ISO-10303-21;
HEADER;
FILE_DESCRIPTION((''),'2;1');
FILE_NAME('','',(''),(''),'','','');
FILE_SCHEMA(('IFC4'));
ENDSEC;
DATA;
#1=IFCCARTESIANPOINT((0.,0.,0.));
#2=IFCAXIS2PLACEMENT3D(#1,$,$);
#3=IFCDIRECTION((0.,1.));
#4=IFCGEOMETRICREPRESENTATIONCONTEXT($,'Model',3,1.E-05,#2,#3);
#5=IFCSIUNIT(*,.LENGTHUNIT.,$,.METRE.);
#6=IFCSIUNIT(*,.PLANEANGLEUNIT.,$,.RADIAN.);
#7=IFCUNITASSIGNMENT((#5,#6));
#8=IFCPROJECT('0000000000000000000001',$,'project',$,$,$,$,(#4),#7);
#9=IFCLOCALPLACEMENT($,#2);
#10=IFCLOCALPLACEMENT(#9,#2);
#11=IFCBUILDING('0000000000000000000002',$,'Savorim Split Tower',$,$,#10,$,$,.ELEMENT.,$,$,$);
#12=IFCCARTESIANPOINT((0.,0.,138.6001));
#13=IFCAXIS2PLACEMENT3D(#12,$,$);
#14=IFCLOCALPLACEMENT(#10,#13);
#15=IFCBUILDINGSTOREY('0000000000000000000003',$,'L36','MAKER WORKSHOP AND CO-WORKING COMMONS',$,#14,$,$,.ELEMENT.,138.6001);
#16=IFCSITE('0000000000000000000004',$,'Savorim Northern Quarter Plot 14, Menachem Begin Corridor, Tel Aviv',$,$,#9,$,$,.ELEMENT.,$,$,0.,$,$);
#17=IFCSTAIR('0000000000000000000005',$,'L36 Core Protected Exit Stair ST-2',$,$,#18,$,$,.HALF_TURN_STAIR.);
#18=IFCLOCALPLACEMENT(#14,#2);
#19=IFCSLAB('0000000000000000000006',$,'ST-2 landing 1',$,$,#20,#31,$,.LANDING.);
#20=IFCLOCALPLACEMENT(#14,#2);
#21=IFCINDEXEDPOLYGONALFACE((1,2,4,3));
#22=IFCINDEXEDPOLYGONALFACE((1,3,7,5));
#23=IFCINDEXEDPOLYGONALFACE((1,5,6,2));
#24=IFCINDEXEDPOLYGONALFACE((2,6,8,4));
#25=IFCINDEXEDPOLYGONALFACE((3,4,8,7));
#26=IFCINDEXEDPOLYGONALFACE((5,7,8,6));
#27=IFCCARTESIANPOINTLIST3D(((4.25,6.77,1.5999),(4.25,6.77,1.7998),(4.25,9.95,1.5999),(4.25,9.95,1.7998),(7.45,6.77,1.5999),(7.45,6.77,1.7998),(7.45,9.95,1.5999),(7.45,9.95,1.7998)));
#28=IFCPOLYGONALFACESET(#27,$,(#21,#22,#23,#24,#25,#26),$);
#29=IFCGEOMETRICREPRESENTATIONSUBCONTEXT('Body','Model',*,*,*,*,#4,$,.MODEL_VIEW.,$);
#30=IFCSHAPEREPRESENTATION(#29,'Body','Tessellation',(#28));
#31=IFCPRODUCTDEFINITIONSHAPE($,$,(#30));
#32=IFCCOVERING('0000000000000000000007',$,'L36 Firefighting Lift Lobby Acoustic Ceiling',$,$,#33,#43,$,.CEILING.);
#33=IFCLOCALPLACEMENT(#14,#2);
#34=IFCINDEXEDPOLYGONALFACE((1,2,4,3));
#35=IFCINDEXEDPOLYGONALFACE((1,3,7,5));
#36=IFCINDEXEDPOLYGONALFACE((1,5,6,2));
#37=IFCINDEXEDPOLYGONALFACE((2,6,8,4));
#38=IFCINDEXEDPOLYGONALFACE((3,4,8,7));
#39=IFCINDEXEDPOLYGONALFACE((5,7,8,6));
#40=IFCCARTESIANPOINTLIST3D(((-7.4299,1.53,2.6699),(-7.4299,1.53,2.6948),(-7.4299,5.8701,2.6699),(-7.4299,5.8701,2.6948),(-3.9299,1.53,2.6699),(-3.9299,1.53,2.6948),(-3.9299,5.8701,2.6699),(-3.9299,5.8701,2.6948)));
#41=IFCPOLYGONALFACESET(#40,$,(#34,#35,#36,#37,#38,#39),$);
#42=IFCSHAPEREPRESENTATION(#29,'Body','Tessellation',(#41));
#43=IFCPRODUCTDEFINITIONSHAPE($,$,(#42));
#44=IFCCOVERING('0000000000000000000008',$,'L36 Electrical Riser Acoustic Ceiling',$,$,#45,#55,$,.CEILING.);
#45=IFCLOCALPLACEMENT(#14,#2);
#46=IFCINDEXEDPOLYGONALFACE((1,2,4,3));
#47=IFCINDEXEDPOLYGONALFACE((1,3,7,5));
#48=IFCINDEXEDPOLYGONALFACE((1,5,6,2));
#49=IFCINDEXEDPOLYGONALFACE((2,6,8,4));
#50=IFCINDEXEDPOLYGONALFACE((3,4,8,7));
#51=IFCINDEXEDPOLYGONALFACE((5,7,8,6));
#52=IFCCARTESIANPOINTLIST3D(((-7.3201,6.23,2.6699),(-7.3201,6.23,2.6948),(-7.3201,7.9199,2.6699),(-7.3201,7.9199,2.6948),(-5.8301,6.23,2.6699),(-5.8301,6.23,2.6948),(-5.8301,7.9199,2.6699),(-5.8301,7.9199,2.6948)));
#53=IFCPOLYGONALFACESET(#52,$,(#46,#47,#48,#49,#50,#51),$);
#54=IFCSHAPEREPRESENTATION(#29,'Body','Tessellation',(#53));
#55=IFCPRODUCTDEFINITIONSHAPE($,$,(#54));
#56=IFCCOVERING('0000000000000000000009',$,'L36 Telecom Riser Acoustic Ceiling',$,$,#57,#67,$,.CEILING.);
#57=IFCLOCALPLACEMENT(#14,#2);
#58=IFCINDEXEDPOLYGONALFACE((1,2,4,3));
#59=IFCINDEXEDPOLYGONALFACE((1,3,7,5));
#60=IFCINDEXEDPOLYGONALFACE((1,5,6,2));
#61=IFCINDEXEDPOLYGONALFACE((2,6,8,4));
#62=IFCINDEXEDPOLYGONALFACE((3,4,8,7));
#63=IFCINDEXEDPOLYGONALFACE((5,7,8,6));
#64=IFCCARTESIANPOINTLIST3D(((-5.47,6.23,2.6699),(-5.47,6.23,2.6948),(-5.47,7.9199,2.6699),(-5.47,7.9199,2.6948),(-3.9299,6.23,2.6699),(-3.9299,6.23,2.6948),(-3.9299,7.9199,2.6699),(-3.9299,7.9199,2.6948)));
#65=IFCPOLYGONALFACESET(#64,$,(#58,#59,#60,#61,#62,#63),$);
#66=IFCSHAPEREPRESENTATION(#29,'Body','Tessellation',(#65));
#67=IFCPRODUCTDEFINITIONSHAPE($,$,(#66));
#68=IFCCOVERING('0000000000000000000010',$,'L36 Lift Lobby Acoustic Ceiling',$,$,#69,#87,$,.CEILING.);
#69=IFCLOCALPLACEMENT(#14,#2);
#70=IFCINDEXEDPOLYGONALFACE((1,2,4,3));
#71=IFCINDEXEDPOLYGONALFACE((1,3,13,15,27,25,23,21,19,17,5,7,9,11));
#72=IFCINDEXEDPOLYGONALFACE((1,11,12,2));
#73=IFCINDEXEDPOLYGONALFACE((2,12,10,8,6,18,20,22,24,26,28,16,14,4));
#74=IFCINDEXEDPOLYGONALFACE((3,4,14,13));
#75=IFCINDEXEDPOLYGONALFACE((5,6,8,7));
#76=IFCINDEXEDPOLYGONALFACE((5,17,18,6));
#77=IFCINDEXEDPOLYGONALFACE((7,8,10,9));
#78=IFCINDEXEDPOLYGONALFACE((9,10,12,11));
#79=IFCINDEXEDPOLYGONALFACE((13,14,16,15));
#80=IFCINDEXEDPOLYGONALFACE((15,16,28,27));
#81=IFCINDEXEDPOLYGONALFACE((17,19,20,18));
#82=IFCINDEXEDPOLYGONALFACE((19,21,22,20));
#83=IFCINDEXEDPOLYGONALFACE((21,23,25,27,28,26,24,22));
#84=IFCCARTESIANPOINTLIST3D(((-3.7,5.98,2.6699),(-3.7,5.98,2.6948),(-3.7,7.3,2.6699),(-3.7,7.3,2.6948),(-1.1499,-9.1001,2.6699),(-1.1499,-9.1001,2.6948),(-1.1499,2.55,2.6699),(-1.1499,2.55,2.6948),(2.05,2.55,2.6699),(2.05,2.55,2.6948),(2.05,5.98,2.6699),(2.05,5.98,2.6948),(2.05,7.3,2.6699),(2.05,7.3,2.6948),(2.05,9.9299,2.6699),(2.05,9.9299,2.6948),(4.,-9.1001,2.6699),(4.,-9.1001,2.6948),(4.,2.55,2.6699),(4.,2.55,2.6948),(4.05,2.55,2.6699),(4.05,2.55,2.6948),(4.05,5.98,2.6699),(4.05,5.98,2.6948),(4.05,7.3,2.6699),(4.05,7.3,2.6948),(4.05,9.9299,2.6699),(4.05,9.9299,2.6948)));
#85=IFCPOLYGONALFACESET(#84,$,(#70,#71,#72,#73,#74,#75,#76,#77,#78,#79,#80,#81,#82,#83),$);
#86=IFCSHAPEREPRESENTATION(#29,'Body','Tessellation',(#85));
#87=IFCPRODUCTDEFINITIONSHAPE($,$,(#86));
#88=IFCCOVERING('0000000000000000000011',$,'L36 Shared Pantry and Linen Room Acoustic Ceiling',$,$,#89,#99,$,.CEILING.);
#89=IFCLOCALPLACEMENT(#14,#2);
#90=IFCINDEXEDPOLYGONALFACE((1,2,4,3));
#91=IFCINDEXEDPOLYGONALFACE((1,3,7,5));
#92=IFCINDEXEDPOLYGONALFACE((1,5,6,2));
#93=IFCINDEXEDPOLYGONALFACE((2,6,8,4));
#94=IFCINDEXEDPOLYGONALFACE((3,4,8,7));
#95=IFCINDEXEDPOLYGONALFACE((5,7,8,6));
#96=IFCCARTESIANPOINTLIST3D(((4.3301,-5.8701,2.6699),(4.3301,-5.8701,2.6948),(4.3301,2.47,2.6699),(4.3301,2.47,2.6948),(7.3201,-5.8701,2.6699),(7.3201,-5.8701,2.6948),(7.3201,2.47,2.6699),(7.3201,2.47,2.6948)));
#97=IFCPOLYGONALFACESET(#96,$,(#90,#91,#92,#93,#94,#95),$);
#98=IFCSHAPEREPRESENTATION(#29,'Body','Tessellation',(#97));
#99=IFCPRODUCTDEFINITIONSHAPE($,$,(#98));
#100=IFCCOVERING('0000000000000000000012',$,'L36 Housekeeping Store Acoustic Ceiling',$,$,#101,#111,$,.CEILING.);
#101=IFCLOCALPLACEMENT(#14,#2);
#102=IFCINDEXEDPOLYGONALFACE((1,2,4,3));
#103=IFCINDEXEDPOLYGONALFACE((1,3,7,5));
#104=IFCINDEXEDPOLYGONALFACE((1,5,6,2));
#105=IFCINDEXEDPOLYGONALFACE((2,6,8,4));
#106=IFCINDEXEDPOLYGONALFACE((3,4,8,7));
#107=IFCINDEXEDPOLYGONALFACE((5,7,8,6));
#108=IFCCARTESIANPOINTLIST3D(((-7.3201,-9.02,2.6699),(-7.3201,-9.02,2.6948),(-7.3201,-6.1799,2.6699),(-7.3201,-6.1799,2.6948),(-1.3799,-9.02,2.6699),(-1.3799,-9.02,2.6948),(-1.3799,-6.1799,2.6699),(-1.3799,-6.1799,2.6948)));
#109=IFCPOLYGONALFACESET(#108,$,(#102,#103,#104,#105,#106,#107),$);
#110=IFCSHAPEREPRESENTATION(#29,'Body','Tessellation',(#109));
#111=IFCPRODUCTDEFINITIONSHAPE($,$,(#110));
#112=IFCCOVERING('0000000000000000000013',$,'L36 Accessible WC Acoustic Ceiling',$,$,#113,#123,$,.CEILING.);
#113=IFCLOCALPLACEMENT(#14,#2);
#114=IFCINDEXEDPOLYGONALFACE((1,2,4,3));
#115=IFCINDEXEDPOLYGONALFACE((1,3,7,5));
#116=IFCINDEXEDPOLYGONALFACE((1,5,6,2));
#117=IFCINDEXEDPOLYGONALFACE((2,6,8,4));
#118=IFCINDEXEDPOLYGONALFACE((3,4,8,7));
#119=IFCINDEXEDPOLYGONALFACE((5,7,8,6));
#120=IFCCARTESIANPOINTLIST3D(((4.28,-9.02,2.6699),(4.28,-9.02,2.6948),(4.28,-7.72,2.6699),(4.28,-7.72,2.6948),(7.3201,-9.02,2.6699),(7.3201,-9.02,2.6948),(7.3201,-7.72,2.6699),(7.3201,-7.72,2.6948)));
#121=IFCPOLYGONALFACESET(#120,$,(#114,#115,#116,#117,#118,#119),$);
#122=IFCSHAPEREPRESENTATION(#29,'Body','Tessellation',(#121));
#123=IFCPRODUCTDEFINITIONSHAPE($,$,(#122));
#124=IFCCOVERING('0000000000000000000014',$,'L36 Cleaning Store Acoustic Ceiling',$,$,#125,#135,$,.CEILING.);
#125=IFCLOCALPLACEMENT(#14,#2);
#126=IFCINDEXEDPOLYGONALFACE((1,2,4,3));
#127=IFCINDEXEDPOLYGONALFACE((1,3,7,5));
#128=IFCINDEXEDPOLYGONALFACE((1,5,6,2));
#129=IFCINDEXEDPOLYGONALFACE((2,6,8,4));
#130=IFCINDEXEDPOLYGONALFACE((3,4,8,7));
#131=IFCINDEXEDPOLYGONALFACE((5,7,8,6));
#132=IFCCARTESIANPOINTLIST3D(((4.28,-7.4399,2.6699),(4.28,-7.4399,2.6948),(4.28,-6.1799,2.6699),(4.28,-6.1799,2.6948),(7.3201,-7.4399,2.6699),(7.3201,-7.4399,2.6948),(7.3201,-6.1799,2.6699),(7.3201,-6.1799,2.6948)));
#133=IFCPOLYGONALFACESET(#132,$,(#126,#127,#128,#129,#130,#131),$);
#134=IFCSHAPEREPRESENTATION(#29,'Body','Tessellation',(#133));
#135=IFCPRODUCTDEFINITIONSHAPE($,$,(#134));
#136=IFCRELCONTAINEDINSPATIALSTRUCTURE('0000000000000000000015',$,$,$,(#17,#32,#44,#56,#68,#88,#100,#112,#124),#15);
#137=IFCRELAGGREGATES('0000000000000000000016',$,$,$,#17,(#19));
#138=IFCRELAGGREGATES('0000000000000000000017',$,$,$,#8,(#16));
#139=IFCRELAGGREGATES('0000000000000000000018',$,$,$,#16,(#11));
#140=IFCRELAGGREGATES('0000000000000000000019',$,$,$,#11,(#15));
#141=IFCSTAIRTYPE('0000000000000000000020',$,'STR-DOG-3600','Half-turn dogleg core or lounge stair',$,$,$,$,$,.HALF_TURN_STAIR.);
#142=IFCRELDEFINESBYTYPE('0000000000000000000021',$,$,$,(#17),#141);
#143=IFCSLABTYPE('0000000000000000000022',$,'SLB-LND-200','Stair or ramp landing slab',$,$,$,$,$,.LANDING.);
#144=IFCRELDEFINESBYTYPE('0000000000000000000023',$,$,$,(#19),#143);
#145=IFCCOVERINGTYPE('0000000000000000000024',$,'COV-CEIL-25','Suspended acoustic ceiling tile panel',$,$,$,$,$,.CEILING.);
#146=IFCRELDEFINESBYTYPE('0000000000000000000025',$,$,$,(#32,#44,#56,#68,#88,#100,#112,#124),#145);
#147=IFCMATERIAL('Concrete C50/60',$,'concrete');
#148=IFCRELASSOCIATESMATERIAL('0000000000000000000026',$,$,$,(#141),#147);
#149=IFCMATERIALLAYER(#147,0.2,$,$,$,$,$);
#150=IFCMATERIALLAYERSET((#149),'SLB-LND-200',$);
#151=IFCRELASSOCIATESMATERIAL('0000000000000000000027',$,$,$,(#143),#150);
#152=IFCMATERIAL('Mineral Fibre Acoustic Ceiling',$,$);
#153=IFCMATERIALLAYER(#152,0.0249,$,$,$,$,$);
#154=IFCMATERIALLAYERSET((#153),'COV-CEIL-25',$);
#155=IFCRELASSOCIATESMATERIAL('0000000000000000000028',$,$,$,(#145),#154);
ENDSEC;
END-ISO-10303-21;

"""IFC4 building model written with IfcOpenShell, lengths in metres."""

from ifc_helpers import new_model, si_unit, direction, frame, origin, place, context, subcontext, project, spatial, polyline, outline, extrude, material, layer, layer_set, type_object, element, aggregate, save


model = new_model("IFC4")

# Units and contexts
model_context = context("Model", 3, precision=1e-05, world=origin(), true_north=direction((0.0, 1.0)))
body_context = subcontext(model_context, "Body", "Model", "MODEL_VIEW")
ifc_project = project(units=[si_unit("LENGTHUNIT", "METRE"), si_unit("PLANEANGLEUNIT", "RADIAN")], contexts=[model_context])

# Site, building, storey
site_placement = place(None, origin())
site = spatial("IfcSite", under=ifc_project, at=site_placement, Name="Savorim Northern Quarter Plot 14, Menachem Begin Corridor, Tel Aviv", CompositionType="ELEMENT", RefElevation=0.0)
building_placement = place(site_placement, origin())
building = spatial("IfcBuilding", under=site, at=building_placement, Name="Savorim Split Tower", CompositionType="ELEMENT")
storey_placement = place(building_placement, frame((0.0, 0.0, 138.6001)))
storey = spatial("IfcBuildingStorey", under=building, at=storey_placement, Name="L36", Description="MAKER WORKSHOP AND CO-WORKING COMMONS", CompositionType="ELEMENT", Elevation=138.6001)

# Stair, slab
ifc_material_1 = material(Name="Concrete C50/60", Category="concrete")
stair_type = type_object("IfcStairType", Name="STR-DOG-3600", Description="Half-turn dogleg core or lounge stair", PredefinedType="HALF_TURN_STAIR", material=ifc_material_1)
stair_placement = place(storey_placement, origin())
stair = element("IfcStair", 1, at=stair_placement, inside=storey, type_object=stair_type, Name="L36 Core Protected Exit Stair ST-2", PredefinedType="HALF_TURN_STAIR")
ifc_layer_1 = layer(ifc_material_1, 0.2)
ifc_layer_set_1 = layer_set([ifc_layer_1], Name="SLB-LND-200")
slab_type = type_object("IfcSlabType", Name="SLB-LND-200", Description="Stair or ramp landing slab", PredefinedType="LANDING", material=ifc_layer_set_1)
slab_placement = place(storey_placement, frame((0.0, 0.0, 1.5999)))
slab = element("IfcSlab", 2, at=slab_placement, type_object=slab_type, Name="ST-2 landing 1", PredefinedType="LANDING", context=body_context, shape_type="SweptSolid", body=[
    extrude(outline(polyline([(7.45, 6.77), (7.45, 9.95), (4.25, 9.95), (4.25, 6.77), (7.45, 6.77)])), origin(), (0.0, 0.0, 1.0), 0.2),
])
aggregate(stair, [slab])

# Coverings
ifc_material_2 = material(Name="Mineral Fibre Acoustic Ceiling")
ifc_layer_2 = layer(ifc_material_2, 0.0249)
ifc_layer_set_2 = layer_set([ifc_layer_2], Name="COV-CEIL-25")
covering_type_1 = type_object("IfcCoveringType", Name="COV-CEIL-25", Description="Suspended acoustic ceiling tile panel", PredefinedType="CEILING", material=ifc_layer_set_2)
covering_1_placement = place(storey_placement, frame((0.0, 0.0, 2.6699)))
element("IfcCovering", 3, at=covering_1_placement, inside=storey, type_object=covering_type_1, Name="L36 Firefighting Lift Lobby Acoustic Ceiling", PredefinedType="CEILING", context=body_context, shape_type="SweptSolid", body=[
    extrude(outline(polyline([(-7.4299, 5.8701), (-7.4299, 1.53), (-3.9299, 1.53), (-3.9299, 5.8701), (-7.4299, 5.8701)])), origin(), (0.0, 0.0, 1.0), 0.0249),
])
covering_2_placement = place(storey_placement, frame((0.0, 0.0, 2.6699)))
element("IfcCovering", 4, at=covering_2_placement, inside=storey, type_object=covering_type_1, Name="L36 Electrical Riser Acoustic Ceiling", PredefinedType="CEILING", context=body_context, shape_type="SweptSolid", body=[
    extrude(outline(polyline([(-7.3201, 7.9199), (-7.3201, 6.23), (-5.8301, 6.23), (-5.8301, 7.9199), (-7.3201, 7.9199)])), origin(), (0.0, 0.0, 1.0), 0.0249),
])
covering_3_placement = place(storey_placement, frame((0.0, 0.0, 2.6699)))
element("IfcCovering", 5, at=covering_3_placement, inside=storey, type_object=covering_type_1, Name="L36 Telecom Riser Acoustic Ceiling", PredefinedType="CEILING", context=body_context, shape_type="SweptSolid", body=[
    extrude(outline(polyline([(-5.47, 7.9199), (-5.47, 6.23), (-3.9299, 6.23), (-3.9299, 7.9199), (-5.47, 7.9199)])), origin(), (0.0, 0.0, 1.0), 0.0249),
])
covering_4_placement = place(storey_placement, frame((0.0, 0.0, 2.6699)))
element("IfcCovering", 6, at=covering_4_placement, inside=storey, type_object=covering_type_1, Name="L36 Lift Lobby Acoustic Ceiling", PredefinedType="CEILING", context=body_context, shape_type="SweptSolid", body=[
    extrude(outline(polyline([(2.05, 2.55), (-1.1499, 2.55), (-1.1499, -9.1001), (4.0, -9.1001), (4.0, 2.55), (4.05, 2.55), (4.05, 5.98), (4.05, 7.3), (4.05, 9.9299), (2.05, 9.9299), (2.05, 7.3), (-3.7, 7.3), (-3.7, 5.98), (2.05, 5.98), (2.05, 2.55)])), origin(), (0.0, 0.0, 1.0), 0.0249),
])
covering_5_placement = place(storey_placement, frame((0.0, 0.0, 2.6699)))
element("IfcCovering", 7, at=covering_5_placement, inside=storey, type_object=covering_type_1, Name="L36 Shared Pantry and Linen Room Acoustic Ceiling", PredefinedType="CEILING", context=body_context, shape_type="SweptSolid", body=[
    extrude(outline(polyline([(4.3301, 2.47), (4.3301, -5.8701), (7.3201, -5.8701), (7.3201, 2.47), (4.3301, 2.47)])), origin(), (0.0, 0.0, 1.0), 0.0249),
])
covering_6_placement = place(storey_placement, frame((0.0, 0.0, 2.6699)))
element("IfcCovering", 8, at=covering_6_placement, inside=storey, type_object=covering_type_1, Name="L36 Housekeeping Store Acoustic Ceiling", PredefinedType="CEILING", context=body_context, shape_type="SweptSolid", body=[
    extrude(outline(polyline([(-7.3201, -6.1799), (-7.3201, -9.02), (-1.3799, -9.02), (-1.3799, -6.1799), (-7.3201, -6.1799)])), origin(), (0.0, 0.0, 1.0), 0.0249),
])
covering_7_placement = place(storey_placement, frame((0.0, 0.0, 2.6699)))
element("IfcCovering", 9, at=covering_7_placement, inside=storey, type_object=covering_type_1, Name="L36 Accessible WC Acoustic Ceiling", PredefinedType="CEILING", context=body_context, shape_type="SweptSolid", body=[
    extrude(outline(polyline([(4.28, -7.72), (4.28, -9.02), (7.3201, -9.02), (7.3201, -7.72), (4.28, -7.72)])), origin(), (0.0, 0.0, 1.0), 0.0249),
])
covering_8_placement = place(storey_placement, frame((0.0, 0.0, 2.6699)))
element("IfcCovering", 10, at=covering_8_placement, inside=storey, type_object=covering_type_1, Name="L36 Cleaning Store Acoustic Ceiling", PredefinedType="CEILING", context=body_context, shape_type="SweptSolid", body=[
    extrude(outline(polyline([(4.28, -6.1799), (4.28, -7.4399), (7.3201, -7.4399), (7.3201, -6.1799), (4.28, -6.1799)])), origin(), (0.0, 0.0, 1.0), 0.0249),
])

save(model, "model.ifc")
